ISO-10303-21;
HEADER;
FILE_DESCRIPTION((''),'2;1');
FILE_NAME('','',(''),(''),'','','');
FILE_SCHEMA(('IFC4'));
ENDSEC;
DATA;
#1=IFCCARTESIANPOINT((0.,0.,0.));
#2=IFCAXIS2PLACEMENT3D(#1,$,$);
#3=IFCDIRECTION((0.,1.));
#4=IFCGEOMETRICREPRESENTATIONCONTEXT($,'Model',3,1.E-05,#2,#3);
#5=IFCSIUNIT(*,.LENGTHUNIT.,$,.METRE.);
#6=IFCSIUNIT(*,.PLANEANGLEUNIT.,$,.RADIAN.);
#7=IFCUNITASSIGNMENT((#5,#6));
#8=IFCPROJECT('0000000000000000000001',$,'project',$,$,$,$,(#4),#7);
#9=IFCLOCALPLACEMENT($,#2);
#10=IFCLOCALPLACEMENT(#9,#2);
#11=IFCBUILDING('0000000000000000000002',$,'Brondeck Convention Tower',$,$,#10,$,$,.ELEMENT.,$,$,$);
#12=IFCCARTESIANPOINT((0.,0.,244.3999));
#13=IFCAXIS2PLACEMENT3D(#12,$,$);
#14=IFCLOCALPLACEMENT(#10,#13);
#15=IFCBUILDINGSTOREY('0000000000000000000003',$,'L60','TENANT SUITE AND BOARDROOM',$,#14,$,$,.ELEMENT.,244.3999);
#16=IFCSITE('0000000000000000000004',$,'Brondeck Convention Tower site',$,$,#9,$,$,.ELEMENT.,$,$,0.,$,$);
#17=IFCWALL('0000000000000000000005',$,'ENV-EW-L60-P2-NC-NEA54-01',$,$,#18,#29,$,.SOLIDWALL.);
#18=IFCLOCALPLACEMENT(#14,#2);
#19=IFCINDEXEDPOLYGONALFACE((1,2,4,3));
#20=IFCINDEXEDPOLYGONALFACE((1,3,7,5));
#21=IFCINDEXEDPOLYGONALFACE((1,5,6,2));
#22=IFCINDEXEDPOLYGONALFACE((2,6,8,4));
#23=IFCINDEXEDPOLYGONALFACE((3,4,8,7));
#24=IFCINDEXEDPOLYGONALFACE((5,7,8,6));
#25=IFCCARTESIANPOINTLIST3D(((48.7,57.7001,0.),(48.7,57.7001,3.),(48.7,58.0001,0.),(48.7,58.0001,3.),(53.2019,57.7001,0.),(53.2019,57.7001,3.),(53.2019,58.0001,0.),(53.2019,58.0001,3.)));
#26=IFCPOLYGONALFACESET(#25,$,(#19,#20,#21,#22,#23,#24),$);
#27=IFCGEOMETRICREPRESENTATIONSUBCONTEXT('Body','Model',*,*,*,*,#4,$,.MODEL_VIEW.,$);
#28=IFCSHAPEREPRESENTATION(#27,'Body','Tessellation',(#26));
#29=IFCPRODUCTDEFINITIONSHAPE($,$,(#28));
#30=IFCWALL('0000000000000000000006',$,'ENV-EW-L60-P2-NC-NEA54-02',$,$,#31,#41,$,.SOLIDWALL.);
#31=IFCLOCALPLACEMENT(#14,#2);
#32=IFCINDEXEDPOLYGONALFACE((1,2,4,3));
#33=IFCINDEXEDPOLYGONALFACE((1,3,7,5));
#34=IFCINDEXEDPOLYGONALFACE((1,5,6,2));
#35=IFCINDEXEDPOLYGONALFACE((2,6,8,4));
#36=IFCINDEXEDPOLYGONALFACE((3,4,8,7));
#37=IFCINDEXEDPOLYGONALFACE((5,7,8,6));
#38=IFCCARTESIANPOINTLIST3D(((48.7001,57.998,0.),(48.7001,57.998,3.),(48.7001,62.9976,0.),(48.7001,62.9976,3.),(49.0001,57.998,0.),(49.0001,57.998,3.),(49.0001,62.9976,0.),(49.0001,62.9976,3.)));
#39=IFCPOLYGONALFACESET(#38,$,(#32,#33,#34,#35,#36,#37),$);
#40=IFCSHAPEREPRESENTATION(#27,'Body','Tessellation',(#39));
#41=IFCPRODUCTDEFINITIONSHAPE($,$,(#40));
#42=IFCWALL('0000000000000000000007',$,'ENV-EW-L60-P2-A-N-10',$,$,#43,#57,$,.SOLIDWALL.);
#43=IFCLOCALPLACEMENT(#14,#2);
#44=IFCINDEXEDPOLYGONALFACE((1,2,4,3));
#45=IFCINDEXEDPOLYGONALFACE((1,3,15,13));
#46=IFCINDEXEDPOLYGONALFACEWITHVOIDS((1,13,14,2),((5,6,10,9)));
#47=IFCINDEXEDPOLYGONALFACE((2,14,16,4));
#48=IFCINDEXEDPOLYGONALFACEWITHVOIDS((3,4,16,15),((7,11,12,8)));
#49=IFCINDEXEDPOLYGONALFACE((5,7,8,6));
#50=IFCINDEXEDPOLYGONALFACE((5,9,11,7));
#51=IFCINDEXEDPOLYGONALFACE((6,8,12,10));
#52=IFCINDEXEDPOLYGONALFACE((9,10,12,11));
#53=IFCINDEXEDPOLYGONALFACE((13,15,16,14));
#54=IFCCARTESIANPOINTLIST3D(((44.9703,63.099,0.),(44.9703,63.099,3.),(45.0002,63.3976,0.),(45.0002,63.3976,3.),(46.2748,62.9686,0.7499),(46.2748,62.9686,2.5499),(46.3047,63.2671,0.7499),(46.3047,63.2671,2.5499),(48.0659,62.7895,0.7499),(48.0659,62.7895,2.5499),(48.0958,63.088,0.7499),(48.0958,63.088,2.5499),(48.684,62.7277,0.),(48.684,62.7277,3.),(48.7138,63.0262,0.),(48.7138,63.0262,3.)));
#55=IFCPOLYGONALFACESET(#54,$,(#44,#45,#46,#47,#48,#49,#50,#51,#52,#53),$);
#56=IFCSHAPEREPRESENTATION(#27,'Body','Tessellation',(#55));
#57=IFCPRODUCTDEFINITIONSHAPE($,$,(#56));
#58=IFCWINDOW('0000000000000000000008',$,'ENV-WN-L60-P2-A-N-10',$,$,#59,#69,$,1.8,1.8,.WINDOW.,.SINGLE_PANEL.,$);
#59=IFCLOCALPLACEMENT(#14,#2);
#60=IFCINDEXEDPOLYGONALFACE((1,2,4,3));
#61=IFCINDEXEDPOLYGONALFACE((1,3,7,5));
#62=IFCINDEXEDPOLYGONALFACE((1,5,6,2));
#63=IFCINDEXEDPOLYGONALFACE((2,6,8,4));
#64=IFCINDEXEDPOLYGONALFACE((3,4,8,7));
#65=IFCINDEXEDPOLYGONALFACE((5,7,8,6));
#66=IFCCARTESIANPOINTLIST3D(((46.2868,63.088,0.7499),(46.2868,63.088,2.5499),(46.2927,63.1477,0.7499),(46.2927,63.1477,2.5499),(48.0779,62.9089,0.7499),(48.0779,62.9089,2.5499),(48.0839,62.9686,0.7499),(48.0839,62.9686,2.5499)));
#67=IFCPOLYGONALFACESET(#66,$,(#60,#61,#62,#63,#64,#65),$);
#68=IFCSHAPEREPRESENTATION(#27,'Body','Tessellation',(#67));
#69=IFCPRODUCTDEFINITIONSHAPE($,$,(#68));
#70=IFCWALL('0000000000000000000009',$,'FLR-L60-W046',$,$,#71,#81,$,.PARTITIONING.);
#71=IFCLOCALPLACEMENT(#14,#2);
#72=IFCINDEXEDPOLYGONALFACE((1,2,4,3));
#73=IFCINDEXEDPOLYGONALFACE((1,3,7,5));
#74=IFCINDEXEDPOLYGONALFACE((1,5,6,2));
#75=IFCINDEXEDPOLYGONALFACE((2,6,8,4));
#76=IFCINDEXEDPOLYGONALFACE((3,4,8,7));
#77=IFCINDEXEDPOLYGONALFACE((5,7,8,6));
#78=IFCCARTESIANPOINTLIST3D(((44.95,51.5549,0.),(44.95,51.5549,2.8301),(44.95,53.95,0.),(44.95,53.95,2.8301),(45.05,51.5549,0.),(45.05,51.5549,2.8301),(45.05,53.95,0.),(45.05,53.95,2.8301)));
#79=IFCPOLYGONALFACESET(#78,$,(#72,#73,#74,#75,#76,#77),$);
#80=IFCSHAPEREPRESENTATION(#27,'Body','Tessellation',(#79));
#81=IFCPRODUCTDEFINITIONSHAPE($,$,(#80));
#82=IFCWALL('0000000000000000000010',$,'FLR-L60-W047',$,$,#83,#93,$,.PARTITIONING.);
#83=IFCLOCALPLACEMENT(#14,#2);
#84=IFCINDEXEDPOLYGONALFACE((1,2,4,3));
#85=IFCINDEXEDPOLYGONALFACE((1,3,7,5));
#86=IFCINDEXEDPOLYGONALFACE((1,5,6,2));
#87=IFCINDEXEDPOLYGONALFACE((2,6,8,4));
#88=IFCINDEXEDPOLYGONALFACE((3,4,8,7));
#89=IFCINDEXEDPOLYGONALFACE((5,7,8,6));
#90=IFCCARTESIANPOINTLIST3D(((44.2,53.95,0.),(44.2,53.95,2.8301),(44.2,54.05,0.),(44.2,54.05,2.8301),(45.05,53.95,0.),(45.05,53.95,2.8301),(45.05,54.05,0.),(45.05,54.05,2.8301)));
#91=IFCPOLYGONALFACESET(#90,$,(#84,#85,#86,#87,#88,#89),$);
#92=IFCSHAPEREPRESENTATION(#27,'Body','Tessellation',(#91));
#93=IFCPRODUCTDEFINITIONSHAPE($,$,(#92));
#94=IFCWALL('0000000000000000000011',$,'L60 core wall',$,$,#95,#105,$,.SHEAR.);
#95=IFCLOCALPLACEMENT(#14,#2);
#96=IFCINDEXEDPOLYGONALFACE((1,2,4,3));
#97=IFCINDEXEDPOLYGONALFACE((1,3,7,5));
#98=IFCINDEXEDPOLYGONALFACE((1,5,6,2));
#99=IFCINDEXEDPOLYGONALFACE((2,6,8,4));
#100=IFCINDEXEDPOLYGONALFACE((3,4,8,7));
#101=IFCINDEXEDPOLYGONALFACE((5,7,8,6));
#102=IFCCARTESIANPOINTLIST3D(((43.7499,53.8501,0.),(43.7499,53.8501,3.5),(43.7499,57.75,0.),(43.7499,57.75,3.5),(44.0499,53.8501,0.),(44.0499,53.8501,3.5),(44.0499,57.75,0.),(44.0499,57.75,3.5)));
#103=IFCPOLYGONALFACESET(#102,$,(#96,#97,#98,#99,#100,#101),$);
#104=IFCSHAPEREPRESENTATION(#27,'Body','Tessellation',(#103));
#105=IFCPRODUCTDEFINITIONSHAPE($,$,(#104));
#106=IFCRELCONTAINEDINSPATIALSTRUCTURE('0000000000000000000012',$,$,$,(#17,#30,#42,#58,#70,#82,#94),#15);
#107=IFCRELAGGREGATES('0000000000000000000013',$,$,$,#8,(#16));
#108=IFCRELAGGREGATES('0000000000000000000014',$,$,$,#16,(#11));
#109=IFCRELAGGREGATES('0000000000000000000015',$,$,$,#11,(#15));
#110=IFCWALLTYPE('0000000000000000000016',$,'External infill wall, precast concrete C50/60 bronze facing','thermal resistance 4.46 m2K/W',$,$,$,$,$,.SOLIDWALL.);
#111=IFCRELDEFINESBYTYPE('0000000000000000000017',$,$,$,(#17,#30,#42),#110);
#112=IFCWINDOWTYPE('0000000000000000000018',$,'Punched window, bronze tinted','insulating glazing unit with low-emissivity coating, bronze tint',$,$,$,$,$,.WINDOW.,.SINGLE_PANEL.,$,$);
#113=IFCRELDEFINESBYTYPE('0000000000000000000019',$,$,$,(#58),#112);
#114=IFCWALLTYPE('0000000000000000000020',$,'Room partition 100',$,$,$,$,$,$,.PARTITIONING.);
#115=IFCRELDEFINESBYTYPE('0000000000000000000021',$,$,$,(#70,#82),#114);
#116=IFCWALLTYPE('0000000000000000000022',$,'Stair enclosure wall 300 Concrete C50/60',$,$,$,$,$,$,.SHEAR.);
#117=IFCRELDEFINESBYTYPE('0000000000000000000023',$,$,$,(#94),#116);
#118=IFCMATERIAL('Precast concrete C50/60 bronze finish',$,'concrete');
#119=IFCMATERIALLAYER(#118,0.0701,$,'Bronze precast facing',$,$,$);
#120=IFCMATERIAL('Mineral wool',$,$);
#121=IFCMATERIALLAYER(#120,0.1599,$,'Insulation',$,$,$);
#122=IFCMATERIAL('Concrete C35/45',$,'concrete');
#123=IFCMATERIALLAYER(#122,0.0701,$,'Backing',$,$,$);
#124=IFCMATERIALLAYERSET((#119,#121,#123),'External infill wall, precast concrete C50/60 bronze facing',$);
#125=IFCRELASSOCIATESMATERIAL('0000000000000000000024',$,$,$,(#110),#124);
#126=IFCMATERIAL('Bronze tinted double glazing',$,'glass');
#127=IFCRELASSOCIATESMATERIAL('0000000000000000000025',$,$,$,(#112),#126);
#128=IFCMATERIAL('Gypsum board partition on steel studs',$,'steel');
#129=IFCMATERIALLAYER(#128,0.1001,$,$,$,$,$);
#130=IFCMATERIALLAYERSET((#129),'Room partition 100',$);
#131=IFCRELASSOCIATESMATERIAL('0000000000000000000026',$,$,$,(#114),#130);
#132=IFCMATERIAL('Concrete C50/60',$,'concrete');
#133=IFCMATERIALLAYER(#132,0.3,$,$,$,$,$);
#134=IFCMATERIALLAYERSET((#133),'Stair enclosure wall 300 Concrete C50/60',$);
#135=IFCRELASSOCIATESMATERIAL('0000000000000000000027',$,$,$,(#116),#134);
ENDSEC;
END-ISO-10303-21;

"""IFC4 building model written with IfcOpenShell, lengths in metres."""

from ifc_helpers import new_model, si_unit, direction, frame, frame_2d, origin, place, context, subcontext, project, spatial, rectangle, extrude, material, layer, layer_set, type_object, element, fill, save


model = new_model("IFC4")

# Units and contexts
model_context = context("Model", 3, precision=1e-05, world=origin(), true_north=direction((0.0, 1.0)))
body_context = subcontext(model_context, "Body", "Model", "MODEL_VIEW")
ifc_project = project(units=[si_unit("LENGTHUNIT", "METRE"), si_unit("PLANEANGLEUNIT", "RADIAN")], contexts=[model_context])

# Site, building, storey
site_placement = place(None, origin())
site = spatial("IfcSite", under=ifc_project, at=site_placement, Name="Brondeck Convention Tower site", CompositionType="ELEMENT", RefElevation=0.0)
building_placement = place(site_placement, origin())
building = spatial("IfcBuilding", under=site, at=building_placement, Name="Brondeck Convention Tower", CompositionType="ELEMENT")
storey_placement = place(building_placement, frame((0.0, 0.0, 244.3999)))
storey = spatial("IfcBuildingStorey", under=building, at=storey_placement, Name="L60", Description="TENANT SUITE AND BOARDROOM", CompositionType="ELEMENT", Elevation=244.3999)

# Shared definitions
ifc_material_1 = material(Name="Concrete C50/60", Category="concrete")

# Shared definitions
ifc_material_2 = material(Name="Precast concrete C50/60 bronze finish", Category="concrete")
ifc_layer_1 = layer(ifc_material_2, 0.0701, Name="Bronze precast facing")
ifc_material_3 = material(Name="Mineral wool")
ifc_layer_2 = layer(ifc_material_3, 0.1599, Name="Insulation")
ifc_material_4 = material(Name="Concrete C35/45", Category="concrete")
ifc_layer_3 = layer(ifc_material_4, 0.0701, Name="Backing")
ifc_layer_set_1 = layer_set([ifc_layer_1, ifc_layer_2, ifc_layer_3], Name="External infill wall, precast concrete C50/60 bronze facing")
wall_type_1 = type_object("IfcWallType", Name="External infill wall, precast concrete C50/60 bronze facing", Description="thermal resistance 4.46 m2K/W", PredefinedType="SOLIDWALL", material=ifc_layer_set_1)
ifc_material_5 = material(Name="Bronze tinted double glazing", Category="glass")
window_type_1 = type_object("IfcWindowType", Name="Punched window, bronze tinted", Description="insulating glazing unit with low-emissivity coating, bronze tint", PartitioningType="SINGLE_PANEL", PredefinedType="WINDOW", material=ifc_material_5)

# Walls
wall_1_placement = place(storey_placement, frame((48.7, 57.8501, 0.0), z_axis=(0.0, 0.0, 1.0), x_axis=(1.0, 0.0, 0.0)))
element("IfcWall", 1, at=wall_1_placement, inside=storey, type_object=wall_type_1, Name="ENV-EW-L60-P2-NC-NEA54-01", PredefinedType="SOLIDWALL", context=body_context, shape_type="SweptSolid", body=[
    extrude(rectangle(XDim=4.502, YDim=0.3, at=frame_2d((2.251, 0.0))), origin(), (0.0, 0.0, 1.0), 3.0),
])
wall_2_placement = place(storey_placement, frame((48.8501, 62.9976, 0.0), z_axis=(0.0, 0.0, 1.0), x_axis=(0.0, -1.0, 0.0)))
element("IfcWall", 2, at=wall_2_placement, inside=storey, type_object=wall_type_1, Name="ENV-EW-L60-P2-NC-NEA54-02", PredefinedType="SOLIDWALL", context=body_context, shape_type="SweptSolid", body=[
    extrude(rectangle(XDim=4.9995, YDim=0.3, at=frame_2d((2.4998, 0.0))), origin(), (0.0, 0.0, 1.0), 3.0),
])

# Wall, opening, window
wall_3_placement = place(storey_placement, frame((44.9851, 63.2483, 0.0), z_axis=(0.0, 0.0, 1.0), x_axis=(0.995038, -0.099497, 0.0)))
wall_3 = element("IfcWall", 3, at=wall_3_placement, inside=storey, type_object=wall_type_1, Name="ENV-EW-L60-P2-A-N-10", PredefinedType="SOLIDWALL", context=body_context, shape_type="SweptSolid", body=[
    extrude(rectangle(XDim=3.7322, YDim=0.3, at=frame_2d((1.8662, 0.0))), origin(), (0.0, 0.0, 1.0), 3.0),
])
opening_1_placement = place(wall_3_placement, frame((1.3113, 0.0, 0.75)))
opening_1 = element("IfcOpeningElement", 4, at=opening_1_placement, cuts=wall_3, PredefinedType="OPENING", context=body_context, shape_type="SweptSolid", body=[
    extrude(rectangle(XDim=1.8, YDim=1.8, at=frame_2d((0.8999, 0.8999))), frame((0.0, 0.1599, 0.0), z_axis=(0.0, -1.0, 0.0), x_axis=(1.0, 0.0, 0.0)), (0.0, 0.0, 1.0), 0.3201),
])
window_1_placement = place(opening_1_placement, origin())
window_1 = element("IfcWindow", 5, at=window_1_placement, inside=storey, type_object=window_type_1, Name="ENV-WN-L60-P2-A-N-10", OverallHeight=1.8, OverallWidth=1.8, PartitioningType="SINGLE_PANEL", PredefinedType="WINDOW", context=body_context, shape_type="SweptSolid", body=[
    extrude(rectangle(XDim=1.8, YDim=1.8, at=frame_2d((0.8999, 0.8999))), frame((0.0, 0.03, 0.0), z_axis=(0.0, -1.0, 0.0), x_axis=(1.0, 0.0, 0.0)), (0.0, 0.0, 1.0), 0.0601),
])
fill(opening_1, window_1)

# Walls
ifc_material_6 = material(Name="Gypsum board partition on steel studs", Category="steel")
ifc_layer_4 = layer(ifc_material_6, 0.1001)
ifc_layer_set_2 = layer_set([ifc_layer_4], Name="Room partition 100")
wall_type_2 = type_object("IfcWallType", Name="Room partition 100", PredefinedType="PARTITIONING", material=ifc_layer_set_2)
wall_4_placement = place(storey_placement, frame((45.0, 53.95, 0.0), z_axis=(0.0, 0.0, 1.0), x_axis=(0.0, -1.0, 0.0)))
element("IfcWall", 6, at=wall_4_placement, inside=storey, type_object=wall_type_2, Name="FLR-L60-W046", PredefinedType="PARTITIONING", context=body_context, shape_type="SweptSolid", body=[
    extrude(rectangle(XDim=2.395, YDim=0.1001, at=frame_2d((1.1975, 0.0))), origin(), (0.0, 0.0, 1.0), 2.8301),
])
wall_5_placement = place(storey_placement, frame((44.2, 54.0, 0.0), z_axis=(0.0, 0.0, 1.0), x_axis=(1.0, 0.0, 0.0)))
element("IfcWall", 7, at=wall_5_placement, inside=storey, type_object=wall_type_2, Name="FLR-L60-W047", PredefinedType="PARTITIONING", context=body_context, shape_type="SweptSolid", body=[
    extrude(rectangle(XDim=0.8501, YDim=0.1001, at=frame_2d((0.425, 0.0))), origin(), (0.0, 0.0, 1.0), 2.8301),
])
ifc_layer_5 = layer(ifc_material_1, 0.3)
ifc_layer_set_3 = layer_set([ifc_layer_5], Name="Stair enclosure wall 300 Concrete C50/60")
wall_type_3 = type_object("IfcWallType", Name="Stair enclosure wall 300 Concrete C50/60", PredefinedType="SHEAR", material=ifc_layer_set_3)
wall_6_placement = place(storey_placement, frame((43.8999, 53.8501, 0.0), z_axis=(0.0, 0.0, 1.0), x_axis=(0.0, 1.0, 0.0)))
element("IfcWall", 8, at=wall_6_placement, inside=storey, type_object=wall_type_3, Name="L60 core wall", PredefinedType="SHEAR", context=body_context, shape_type="SweptSolid", body=[
    extrude(rectangle(XDim=3.8999, YDim=0.3, at=frame_2d((1.95, 0.0))), origin(), (0.0, 0.0, 1.0), 3.5),
])

save(model, "model.ifc")
